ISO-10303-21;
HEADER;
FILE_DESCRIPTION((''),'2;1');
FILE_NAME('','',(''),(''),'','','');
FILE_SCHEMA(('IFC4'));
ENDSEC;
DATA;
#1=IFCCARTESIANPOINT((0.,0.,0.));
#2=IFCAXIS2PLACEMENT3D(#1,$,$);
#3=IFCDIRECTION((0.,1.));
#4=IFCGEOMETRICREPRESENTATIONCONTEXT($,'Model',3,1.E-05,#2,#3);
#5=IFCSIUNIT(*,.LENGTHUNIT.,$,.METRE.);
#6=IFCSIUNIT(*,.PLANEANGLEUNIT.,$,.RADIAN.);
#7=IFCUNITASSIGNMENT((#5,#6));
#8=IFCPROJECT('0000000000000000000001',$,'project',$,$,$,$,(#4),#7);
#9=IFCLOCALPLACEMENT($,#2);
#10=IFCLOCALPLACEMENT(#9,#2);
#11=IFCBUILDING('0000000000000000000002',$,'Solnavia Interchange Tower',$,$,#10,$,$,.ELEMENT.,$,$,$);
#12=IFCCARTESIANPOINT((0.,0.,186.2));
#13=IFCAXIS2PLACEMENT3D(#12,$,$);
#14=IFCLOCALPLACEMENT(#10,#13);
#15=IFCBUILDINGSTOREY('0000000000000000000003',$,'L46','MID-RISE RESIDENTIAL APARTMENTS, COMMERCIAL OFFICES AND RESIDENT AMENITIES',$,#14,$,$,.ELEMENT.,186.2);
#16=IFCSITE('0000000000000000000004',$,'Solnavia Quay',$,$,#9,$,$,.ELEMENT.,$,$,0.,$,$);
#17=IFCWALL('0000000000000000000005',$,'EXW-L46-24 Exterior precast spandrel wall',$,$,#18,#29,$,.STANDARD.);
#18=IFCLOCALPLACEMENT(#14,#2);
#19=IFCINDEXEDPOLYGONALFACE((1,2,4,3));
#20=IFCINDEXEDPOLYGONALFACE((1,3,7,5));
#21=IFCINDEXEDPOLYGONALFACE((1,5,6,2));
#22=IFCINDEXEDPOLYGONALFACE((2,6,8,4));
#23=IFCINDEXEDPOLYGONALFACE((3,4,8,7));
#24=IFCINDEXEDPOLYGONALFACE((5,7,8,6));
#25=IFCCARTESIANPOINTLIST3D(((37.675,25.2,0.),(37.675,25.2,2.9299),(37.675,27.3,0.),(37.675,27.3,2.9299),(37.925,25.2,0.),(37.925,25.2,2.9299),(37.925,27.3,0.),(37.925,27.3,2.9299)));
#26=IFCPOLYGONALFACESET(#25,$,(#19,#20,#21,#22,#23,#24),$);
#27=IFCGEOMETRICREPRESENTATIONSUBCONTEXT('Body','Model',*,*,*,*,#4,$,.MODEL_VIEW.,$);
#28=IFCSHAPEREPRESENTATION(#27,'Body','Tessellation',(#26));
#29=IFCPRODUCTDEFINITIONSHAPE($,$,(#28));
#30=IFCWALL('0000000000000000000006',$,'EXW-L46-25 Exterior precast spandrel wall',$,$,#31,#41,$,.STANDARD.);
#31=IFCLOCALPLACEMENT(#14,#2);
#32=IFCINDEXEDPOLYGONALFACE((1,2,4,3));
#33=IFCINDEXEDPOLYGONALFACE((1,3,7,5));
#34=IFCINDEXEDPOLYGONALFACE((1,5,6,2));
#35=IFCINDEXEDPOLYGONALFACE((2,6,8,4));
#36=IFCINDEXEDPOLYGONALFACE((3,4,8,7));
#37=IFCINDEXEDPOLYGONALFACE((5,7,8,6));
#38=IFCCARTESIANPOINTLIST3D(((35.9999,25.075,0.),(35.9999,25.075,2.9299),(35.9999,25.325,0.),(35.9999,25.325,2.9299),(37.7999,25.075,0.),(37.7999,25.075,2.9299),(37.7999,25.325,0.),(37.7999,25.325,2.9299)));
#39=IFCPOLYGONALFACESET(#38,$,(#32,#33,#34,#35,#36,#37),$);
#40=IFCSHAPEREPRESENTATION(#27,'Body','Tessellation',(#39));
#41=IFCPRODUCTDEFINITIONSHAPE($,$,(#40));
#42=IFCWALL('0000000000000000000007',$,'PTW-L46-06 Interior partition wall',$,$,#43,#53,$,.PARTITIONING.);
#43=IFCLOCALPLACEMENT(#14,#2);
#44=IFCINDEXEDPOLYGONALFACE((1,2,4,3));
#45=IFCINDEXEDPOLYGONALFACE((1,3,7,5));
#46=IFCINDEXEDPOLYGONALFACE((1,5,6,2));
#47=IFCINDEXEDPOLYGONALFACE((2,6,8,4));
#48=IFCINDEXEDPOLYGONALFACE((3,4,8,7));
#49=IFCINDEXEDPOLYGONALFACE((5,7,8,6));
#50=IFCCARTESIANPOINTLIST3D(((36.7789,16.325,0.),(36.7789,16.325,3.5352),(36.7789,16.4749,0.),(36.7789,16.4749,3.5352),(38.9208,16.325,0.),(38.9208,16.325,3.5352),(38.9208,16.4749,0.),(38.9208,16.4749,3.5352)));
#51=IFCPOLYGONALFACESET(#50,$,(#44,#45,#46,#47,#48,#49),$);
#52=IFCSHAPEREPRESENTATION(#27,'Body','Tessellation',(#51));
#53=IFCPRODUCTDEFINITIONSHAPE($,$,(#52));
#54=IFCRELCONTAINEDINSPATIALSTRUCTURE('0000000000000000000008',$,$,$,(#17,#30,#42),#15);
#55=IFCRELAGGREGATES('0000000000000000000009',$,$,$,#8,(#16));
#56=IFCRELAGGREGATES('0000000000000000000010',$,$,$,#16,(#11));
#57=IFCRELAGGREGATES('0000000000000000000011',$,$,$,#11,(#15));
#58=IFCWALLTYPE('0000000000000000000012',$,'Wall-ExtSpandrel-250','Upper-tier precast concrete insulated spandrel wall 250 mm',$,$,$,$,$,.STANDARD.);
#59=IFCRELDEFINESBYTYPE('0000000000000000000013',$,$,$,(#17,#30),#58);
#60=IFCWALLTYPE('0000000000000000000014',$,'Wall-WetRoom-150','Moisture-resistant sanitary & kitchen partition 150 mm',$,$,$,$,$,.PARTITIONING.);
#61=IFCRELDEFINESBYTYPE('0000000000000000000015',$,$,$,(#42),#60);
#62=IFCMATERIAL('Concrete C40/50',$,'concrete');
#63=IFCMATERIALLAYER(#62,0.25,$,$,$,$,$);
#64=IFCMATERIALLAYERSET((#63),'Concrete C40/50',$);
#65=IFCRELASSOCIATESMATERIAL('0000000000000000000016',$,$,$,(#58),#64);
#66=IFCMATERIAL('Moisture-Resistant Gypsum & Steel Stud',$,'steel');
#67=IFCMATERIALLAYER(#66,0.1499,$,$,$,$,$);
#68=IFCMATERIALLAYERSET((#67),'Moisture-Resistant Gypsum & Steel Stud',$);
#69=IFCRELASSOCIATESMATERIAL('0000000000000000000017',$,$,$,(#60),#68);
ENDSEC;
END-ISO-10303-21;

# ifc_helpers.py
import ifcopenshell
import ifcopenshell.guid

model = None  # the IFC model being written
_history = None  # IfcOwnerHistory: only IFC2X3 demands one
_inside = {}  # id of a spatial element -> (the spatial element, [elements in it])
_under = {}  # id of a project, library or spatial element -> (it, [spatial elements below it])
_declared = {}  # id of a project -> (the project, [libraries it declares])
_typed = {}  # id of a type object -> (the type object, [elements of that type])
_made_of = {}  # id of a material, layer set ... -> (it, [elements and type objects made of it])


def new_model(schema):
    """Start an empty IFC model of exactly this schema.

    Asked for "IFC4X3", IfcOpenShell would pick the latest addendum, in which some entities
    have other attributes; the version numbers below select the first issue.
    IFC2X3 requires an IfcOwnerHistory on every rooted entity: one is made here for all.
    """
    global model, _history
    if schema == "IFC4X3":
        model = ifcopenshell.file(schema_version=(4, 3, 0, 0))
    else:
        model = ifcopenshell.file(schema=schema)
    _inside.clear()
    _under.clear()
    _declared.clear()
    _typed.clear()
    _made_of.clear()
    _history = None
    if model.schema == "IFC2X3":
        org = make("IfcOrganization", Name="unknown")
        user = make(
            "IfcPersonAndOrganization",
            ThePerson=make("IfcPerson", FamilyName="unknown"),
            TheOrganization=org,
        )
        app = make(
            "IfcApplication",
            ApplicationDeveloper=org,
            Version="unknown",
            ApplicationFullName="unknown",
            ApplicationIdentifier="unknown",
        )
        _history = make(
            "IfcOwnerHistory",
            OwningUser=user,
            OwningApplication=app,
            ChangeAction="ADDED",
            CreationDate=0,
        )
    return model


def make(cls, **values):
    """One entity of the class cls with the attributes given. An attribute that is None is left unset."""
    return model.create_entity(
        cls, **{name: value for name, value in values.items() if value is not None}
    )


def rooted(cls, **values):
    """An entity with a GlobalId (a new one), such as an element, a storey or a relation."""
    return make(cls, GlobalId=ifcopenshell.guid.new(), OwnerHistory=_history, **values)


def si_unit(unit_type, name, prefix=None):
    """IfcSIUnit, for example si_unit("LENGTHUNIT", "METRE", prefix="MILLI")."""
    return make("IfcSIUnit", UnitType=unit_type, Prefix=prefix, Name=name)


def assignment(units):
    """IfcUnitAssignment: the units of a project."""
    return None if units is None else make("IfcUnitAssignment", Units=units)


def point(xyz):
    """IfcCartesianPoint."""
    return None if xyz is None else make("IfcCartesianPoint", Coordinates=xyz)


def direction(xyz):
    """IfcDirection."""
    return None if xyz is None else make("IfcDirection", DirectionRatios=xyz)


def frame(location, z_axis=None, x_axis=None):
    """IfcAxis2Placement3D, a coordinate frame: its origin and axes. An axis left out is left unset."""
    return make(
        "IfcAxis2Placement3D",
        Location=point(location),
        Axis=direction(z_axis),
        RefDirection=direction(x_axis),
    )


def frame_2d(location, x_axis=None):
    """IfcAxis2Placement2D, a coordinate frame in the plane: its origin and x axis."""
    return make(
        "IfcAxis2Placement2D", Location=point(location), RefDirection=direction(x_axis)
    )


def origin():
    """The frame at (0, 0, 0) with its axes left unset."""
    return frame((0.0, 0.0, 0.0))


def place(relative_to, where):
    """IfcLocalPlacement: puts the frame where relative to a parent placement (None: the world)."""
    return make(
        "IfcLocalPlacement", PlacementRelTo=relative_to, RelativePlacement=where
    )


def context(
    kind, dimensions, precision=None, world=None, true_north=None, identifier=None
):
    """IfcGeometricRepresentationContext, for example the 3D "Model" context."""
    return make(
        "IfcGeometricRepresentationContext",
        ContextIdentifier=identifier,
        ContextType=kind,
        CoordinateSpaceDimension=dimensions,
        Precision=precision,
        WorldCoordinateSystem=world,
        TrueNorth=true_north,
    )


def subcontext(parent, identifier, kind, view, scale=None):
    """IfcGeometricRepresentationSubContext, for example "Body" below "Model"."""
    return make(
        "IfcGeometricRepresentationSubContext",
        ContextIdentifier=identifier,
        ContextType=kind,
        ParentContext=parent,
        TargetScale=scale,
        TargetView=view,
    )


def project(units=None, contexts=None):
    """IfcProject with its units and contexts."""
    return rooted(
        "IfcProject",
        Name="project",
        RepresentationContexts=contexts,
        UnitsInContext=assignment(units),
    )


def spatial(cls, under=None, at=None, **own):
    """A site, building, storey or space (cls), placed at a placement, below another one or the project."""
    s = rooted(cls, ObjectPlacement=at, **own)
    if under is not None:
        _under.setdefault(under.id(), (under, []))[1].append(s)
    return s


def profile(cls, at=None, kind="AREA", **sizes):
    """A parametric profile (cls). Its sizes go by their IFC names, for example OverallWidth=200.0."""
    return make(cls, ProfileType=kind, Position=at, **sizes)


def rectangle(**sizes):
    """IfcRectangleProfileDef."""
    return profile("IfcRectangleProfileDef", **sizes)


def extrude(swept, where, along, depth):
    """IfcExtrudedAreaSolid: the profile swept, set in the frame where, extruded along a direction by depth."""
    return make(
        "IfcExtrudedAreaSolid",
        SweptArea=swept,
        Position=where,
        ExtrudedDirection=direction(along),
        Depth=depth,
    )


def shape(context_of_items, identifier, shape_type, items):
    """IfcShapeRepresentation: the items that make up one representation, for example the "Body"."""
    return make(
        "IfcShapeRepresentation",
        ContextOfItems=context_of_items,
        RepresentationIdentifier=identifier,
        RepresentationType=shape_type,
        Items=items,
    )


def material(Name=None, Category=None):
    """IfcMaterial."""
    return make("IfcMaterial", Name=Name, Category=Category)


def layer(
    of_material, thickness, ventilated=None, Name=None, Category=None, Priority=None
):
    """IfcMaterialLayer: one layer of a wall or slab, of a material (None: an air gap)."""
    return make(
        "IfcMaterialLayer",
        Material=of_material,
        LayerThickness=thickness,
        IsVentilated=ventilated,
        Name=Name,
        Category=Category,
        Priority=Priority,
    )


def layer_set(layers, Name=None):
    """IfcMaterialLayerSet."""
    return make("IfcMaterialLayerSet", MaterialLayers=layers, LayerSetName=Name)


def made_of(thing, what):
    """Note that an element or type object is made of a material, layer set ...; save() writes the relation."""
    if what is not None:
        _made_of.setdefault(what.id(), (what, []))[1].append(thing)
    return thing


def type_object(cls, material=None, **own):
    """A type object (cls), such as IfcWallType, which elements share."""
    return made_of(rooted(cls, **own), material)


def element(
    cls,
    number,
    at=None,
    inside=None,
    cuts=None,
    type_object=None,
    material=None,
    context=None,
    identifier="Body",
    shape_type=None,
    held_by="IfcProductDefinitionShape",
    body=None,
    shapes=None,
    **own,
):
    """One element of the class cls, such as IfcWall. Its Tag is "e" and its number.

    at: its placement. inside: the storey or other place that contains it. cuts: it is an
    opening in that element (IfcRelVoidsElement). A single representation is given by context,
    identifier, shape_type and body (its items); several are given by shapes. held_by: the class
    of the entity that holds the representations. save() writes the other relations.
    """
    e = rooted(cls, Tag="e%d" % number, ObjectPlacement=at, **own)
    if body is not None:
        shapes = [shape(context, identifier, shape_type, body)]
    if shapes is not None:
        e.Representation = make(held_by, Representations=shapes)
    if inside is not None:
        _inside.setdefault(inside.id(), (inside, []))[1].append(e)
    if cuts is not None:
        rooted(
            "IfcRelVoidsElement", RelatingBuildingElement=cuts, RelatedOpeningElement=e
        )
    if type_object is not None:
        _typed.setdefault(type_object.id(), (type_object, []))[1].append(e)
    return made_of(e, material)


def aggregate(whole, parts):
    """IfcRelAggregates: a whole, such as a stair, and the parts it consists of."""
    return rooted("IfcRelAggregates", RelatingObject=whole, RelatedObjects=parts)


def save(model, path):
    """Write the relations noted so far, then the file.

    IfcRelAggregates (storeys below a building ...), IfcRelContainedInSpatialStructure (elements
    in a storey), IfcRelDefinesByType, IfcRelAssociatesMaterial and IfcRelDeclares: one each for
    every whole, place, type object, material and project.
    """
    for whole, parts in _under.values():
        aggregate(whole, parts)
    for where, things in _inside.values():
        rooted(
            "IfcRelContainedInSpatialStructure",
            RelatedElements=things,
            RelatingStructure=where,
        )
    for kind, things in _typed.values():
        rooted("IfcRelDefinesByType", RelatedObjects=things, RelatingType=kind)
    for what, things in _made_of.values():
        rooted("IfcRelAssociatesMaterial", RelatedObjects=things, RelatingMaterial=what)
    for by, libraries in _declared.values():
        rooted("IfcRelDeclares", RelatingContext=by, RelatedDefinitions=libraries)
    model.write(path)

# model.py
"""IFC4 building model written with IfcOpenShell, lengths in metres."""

from ifc_helpers import new_model, si_unit, direction, frame, frame_2d, origin, place, context, subcontext, project, spatial, rectangle, extrude, material, layer, layer_set, type_object, element, save


model = new_model("IFC4")

# Units and contexts
model_context = context("Model", 3, precision=1e-05, world=origin(), true_north=direction((0.0, 1.0)))
body_context = subcontext(model_context, "Body", "Model", "MODEL_VIEW")
ifc_project = project(units=[si_unit("LENGTHUNIT", "METRE"), si_unit("PLANEANGLEUNIT", "RADIAN")], contexts=[model_context])

# Site, building, storey
site_placement = place(None, origin())
site = spatial("IfcSite", under=ifc_project, at=site_placement, Name="Solnavia Quay", CompositionType="ELEMENT", RefElevation=0.0)
building_placement = place(site_placement, origin())
building = spatial("IfcBuilding", under=site, at=building_placement, Name="Solnavia Interchange Tower", CompositionType="ELEMENT")
storey_placement = place(building_placement, frame((0.0, 0.0, 186.2)))
storey = spatial("IfcBuildingStorey", under=building, at=storey_placement, Name="L46", Description="MID-RISE RESIDENTIAL APARTMENTS, COMMERCIAL OFFICES AND RESIDENT AMENITIES", CompositionType="ELEMENT", Elevation=186.2)

# Shared definitions
ifc_material_1 = material(Name="Concrete C40/50", Category="concrete")
ifc_layer_1 = layer(ifc_material_1, 0.25)
ifc_layer_set_1 = layer_set([ifc_layer_1], Name="Concrete C40/50")
wall_type_1 = type_object("IfcWallType", Name="Wall-ExtSpandrel-250", Description="Upper-tier precast concrete insulated spandrel wall 250 mm", PredefinedType="STANDARD", material=ifc_layer_set_1)

# Walls
wall_1_placement = place(storey_placement, frame((37.8, 27.3, 0.0), z_axis=(0.0, 0.0, 1.0), x_axis=(0.0, -1.0, 0.0)))
element("IfcWall", 1, at=wall_1_placement, inside=storey, type_object=wall_type_1, Name="EXW-L46-24 Exterior precast spandrel wall", PredefinedType="STANDARD", context=body_context, shape_type="SweptSolid", body=[
    extrude(rectangle(XDim=2.1001, YDim=0.25, at=frame_2d((1.05, 0.0))), origin(), (0.0, 0.0, 1.0), 2.9299),
])
wall_2_placement = place(storey_placement, frame((36.0, 25.2, 0.0), z_axis=(0.0, 0.0, 1.0), x_axis=(1.0, 0.0, 0.0)))
element("IfcWall", 2, at=wall_2_placement, inside=storey, type_object=wall_type_1, Name="EXW-L46-25 Exterior precast spandrel wall", PredefinedType="STANDARD", context=body_context, shape_type="SweptSolid", body=[
    extrude(rectangle(XDim=1.8, YDim=0.25, at=frame_2d((0.8999, 0.0))), origin(), (0.0, 0.0, 1.0), 2.9299),
])
ifc_material_2 = material(Name="Moisture-Resistant Gypsum & Steel Stud", Category="steel")
ifc_layer_2 = layer(ifc_material_2, 0.1499)
ifc_layer_set_2 = layer_set([ifc_layer_2], Name="Moisture-Resistant Gypsum & Steel Stud")
wall_type_2 = type_object("IfcWallType", Name="Wall-WetRoom-150", Description="Moisture-resistant sanitary & kitchen partition 150 mm", PredefinedType="PARTITIONING", material=ifc_layer_set_2)
wall_3_placement = place(storey_placement, frame((36.7791, 16.3999, 0.0), z_axis=(0.0, 0.0, 1.0), x_axis=(1.0, 0.0, 0.0)))
element("IfcWall", 3, at=wall_3_placement, inside=storey, type_object=wall_type_2, Name="PTW-L46-06 Interior partition wall", PredefinedType="PARTITIONING", context=body_context, shape_type="SweptSolid", body=[
    extrude(rectangle(XDim=2.1418, YDim=0.1499, at=frame_2d((1.0708, 0.0))), origin(), (0.0, 0.0, 1.0), 3.5352),
])

save(model, "model.ifc")
